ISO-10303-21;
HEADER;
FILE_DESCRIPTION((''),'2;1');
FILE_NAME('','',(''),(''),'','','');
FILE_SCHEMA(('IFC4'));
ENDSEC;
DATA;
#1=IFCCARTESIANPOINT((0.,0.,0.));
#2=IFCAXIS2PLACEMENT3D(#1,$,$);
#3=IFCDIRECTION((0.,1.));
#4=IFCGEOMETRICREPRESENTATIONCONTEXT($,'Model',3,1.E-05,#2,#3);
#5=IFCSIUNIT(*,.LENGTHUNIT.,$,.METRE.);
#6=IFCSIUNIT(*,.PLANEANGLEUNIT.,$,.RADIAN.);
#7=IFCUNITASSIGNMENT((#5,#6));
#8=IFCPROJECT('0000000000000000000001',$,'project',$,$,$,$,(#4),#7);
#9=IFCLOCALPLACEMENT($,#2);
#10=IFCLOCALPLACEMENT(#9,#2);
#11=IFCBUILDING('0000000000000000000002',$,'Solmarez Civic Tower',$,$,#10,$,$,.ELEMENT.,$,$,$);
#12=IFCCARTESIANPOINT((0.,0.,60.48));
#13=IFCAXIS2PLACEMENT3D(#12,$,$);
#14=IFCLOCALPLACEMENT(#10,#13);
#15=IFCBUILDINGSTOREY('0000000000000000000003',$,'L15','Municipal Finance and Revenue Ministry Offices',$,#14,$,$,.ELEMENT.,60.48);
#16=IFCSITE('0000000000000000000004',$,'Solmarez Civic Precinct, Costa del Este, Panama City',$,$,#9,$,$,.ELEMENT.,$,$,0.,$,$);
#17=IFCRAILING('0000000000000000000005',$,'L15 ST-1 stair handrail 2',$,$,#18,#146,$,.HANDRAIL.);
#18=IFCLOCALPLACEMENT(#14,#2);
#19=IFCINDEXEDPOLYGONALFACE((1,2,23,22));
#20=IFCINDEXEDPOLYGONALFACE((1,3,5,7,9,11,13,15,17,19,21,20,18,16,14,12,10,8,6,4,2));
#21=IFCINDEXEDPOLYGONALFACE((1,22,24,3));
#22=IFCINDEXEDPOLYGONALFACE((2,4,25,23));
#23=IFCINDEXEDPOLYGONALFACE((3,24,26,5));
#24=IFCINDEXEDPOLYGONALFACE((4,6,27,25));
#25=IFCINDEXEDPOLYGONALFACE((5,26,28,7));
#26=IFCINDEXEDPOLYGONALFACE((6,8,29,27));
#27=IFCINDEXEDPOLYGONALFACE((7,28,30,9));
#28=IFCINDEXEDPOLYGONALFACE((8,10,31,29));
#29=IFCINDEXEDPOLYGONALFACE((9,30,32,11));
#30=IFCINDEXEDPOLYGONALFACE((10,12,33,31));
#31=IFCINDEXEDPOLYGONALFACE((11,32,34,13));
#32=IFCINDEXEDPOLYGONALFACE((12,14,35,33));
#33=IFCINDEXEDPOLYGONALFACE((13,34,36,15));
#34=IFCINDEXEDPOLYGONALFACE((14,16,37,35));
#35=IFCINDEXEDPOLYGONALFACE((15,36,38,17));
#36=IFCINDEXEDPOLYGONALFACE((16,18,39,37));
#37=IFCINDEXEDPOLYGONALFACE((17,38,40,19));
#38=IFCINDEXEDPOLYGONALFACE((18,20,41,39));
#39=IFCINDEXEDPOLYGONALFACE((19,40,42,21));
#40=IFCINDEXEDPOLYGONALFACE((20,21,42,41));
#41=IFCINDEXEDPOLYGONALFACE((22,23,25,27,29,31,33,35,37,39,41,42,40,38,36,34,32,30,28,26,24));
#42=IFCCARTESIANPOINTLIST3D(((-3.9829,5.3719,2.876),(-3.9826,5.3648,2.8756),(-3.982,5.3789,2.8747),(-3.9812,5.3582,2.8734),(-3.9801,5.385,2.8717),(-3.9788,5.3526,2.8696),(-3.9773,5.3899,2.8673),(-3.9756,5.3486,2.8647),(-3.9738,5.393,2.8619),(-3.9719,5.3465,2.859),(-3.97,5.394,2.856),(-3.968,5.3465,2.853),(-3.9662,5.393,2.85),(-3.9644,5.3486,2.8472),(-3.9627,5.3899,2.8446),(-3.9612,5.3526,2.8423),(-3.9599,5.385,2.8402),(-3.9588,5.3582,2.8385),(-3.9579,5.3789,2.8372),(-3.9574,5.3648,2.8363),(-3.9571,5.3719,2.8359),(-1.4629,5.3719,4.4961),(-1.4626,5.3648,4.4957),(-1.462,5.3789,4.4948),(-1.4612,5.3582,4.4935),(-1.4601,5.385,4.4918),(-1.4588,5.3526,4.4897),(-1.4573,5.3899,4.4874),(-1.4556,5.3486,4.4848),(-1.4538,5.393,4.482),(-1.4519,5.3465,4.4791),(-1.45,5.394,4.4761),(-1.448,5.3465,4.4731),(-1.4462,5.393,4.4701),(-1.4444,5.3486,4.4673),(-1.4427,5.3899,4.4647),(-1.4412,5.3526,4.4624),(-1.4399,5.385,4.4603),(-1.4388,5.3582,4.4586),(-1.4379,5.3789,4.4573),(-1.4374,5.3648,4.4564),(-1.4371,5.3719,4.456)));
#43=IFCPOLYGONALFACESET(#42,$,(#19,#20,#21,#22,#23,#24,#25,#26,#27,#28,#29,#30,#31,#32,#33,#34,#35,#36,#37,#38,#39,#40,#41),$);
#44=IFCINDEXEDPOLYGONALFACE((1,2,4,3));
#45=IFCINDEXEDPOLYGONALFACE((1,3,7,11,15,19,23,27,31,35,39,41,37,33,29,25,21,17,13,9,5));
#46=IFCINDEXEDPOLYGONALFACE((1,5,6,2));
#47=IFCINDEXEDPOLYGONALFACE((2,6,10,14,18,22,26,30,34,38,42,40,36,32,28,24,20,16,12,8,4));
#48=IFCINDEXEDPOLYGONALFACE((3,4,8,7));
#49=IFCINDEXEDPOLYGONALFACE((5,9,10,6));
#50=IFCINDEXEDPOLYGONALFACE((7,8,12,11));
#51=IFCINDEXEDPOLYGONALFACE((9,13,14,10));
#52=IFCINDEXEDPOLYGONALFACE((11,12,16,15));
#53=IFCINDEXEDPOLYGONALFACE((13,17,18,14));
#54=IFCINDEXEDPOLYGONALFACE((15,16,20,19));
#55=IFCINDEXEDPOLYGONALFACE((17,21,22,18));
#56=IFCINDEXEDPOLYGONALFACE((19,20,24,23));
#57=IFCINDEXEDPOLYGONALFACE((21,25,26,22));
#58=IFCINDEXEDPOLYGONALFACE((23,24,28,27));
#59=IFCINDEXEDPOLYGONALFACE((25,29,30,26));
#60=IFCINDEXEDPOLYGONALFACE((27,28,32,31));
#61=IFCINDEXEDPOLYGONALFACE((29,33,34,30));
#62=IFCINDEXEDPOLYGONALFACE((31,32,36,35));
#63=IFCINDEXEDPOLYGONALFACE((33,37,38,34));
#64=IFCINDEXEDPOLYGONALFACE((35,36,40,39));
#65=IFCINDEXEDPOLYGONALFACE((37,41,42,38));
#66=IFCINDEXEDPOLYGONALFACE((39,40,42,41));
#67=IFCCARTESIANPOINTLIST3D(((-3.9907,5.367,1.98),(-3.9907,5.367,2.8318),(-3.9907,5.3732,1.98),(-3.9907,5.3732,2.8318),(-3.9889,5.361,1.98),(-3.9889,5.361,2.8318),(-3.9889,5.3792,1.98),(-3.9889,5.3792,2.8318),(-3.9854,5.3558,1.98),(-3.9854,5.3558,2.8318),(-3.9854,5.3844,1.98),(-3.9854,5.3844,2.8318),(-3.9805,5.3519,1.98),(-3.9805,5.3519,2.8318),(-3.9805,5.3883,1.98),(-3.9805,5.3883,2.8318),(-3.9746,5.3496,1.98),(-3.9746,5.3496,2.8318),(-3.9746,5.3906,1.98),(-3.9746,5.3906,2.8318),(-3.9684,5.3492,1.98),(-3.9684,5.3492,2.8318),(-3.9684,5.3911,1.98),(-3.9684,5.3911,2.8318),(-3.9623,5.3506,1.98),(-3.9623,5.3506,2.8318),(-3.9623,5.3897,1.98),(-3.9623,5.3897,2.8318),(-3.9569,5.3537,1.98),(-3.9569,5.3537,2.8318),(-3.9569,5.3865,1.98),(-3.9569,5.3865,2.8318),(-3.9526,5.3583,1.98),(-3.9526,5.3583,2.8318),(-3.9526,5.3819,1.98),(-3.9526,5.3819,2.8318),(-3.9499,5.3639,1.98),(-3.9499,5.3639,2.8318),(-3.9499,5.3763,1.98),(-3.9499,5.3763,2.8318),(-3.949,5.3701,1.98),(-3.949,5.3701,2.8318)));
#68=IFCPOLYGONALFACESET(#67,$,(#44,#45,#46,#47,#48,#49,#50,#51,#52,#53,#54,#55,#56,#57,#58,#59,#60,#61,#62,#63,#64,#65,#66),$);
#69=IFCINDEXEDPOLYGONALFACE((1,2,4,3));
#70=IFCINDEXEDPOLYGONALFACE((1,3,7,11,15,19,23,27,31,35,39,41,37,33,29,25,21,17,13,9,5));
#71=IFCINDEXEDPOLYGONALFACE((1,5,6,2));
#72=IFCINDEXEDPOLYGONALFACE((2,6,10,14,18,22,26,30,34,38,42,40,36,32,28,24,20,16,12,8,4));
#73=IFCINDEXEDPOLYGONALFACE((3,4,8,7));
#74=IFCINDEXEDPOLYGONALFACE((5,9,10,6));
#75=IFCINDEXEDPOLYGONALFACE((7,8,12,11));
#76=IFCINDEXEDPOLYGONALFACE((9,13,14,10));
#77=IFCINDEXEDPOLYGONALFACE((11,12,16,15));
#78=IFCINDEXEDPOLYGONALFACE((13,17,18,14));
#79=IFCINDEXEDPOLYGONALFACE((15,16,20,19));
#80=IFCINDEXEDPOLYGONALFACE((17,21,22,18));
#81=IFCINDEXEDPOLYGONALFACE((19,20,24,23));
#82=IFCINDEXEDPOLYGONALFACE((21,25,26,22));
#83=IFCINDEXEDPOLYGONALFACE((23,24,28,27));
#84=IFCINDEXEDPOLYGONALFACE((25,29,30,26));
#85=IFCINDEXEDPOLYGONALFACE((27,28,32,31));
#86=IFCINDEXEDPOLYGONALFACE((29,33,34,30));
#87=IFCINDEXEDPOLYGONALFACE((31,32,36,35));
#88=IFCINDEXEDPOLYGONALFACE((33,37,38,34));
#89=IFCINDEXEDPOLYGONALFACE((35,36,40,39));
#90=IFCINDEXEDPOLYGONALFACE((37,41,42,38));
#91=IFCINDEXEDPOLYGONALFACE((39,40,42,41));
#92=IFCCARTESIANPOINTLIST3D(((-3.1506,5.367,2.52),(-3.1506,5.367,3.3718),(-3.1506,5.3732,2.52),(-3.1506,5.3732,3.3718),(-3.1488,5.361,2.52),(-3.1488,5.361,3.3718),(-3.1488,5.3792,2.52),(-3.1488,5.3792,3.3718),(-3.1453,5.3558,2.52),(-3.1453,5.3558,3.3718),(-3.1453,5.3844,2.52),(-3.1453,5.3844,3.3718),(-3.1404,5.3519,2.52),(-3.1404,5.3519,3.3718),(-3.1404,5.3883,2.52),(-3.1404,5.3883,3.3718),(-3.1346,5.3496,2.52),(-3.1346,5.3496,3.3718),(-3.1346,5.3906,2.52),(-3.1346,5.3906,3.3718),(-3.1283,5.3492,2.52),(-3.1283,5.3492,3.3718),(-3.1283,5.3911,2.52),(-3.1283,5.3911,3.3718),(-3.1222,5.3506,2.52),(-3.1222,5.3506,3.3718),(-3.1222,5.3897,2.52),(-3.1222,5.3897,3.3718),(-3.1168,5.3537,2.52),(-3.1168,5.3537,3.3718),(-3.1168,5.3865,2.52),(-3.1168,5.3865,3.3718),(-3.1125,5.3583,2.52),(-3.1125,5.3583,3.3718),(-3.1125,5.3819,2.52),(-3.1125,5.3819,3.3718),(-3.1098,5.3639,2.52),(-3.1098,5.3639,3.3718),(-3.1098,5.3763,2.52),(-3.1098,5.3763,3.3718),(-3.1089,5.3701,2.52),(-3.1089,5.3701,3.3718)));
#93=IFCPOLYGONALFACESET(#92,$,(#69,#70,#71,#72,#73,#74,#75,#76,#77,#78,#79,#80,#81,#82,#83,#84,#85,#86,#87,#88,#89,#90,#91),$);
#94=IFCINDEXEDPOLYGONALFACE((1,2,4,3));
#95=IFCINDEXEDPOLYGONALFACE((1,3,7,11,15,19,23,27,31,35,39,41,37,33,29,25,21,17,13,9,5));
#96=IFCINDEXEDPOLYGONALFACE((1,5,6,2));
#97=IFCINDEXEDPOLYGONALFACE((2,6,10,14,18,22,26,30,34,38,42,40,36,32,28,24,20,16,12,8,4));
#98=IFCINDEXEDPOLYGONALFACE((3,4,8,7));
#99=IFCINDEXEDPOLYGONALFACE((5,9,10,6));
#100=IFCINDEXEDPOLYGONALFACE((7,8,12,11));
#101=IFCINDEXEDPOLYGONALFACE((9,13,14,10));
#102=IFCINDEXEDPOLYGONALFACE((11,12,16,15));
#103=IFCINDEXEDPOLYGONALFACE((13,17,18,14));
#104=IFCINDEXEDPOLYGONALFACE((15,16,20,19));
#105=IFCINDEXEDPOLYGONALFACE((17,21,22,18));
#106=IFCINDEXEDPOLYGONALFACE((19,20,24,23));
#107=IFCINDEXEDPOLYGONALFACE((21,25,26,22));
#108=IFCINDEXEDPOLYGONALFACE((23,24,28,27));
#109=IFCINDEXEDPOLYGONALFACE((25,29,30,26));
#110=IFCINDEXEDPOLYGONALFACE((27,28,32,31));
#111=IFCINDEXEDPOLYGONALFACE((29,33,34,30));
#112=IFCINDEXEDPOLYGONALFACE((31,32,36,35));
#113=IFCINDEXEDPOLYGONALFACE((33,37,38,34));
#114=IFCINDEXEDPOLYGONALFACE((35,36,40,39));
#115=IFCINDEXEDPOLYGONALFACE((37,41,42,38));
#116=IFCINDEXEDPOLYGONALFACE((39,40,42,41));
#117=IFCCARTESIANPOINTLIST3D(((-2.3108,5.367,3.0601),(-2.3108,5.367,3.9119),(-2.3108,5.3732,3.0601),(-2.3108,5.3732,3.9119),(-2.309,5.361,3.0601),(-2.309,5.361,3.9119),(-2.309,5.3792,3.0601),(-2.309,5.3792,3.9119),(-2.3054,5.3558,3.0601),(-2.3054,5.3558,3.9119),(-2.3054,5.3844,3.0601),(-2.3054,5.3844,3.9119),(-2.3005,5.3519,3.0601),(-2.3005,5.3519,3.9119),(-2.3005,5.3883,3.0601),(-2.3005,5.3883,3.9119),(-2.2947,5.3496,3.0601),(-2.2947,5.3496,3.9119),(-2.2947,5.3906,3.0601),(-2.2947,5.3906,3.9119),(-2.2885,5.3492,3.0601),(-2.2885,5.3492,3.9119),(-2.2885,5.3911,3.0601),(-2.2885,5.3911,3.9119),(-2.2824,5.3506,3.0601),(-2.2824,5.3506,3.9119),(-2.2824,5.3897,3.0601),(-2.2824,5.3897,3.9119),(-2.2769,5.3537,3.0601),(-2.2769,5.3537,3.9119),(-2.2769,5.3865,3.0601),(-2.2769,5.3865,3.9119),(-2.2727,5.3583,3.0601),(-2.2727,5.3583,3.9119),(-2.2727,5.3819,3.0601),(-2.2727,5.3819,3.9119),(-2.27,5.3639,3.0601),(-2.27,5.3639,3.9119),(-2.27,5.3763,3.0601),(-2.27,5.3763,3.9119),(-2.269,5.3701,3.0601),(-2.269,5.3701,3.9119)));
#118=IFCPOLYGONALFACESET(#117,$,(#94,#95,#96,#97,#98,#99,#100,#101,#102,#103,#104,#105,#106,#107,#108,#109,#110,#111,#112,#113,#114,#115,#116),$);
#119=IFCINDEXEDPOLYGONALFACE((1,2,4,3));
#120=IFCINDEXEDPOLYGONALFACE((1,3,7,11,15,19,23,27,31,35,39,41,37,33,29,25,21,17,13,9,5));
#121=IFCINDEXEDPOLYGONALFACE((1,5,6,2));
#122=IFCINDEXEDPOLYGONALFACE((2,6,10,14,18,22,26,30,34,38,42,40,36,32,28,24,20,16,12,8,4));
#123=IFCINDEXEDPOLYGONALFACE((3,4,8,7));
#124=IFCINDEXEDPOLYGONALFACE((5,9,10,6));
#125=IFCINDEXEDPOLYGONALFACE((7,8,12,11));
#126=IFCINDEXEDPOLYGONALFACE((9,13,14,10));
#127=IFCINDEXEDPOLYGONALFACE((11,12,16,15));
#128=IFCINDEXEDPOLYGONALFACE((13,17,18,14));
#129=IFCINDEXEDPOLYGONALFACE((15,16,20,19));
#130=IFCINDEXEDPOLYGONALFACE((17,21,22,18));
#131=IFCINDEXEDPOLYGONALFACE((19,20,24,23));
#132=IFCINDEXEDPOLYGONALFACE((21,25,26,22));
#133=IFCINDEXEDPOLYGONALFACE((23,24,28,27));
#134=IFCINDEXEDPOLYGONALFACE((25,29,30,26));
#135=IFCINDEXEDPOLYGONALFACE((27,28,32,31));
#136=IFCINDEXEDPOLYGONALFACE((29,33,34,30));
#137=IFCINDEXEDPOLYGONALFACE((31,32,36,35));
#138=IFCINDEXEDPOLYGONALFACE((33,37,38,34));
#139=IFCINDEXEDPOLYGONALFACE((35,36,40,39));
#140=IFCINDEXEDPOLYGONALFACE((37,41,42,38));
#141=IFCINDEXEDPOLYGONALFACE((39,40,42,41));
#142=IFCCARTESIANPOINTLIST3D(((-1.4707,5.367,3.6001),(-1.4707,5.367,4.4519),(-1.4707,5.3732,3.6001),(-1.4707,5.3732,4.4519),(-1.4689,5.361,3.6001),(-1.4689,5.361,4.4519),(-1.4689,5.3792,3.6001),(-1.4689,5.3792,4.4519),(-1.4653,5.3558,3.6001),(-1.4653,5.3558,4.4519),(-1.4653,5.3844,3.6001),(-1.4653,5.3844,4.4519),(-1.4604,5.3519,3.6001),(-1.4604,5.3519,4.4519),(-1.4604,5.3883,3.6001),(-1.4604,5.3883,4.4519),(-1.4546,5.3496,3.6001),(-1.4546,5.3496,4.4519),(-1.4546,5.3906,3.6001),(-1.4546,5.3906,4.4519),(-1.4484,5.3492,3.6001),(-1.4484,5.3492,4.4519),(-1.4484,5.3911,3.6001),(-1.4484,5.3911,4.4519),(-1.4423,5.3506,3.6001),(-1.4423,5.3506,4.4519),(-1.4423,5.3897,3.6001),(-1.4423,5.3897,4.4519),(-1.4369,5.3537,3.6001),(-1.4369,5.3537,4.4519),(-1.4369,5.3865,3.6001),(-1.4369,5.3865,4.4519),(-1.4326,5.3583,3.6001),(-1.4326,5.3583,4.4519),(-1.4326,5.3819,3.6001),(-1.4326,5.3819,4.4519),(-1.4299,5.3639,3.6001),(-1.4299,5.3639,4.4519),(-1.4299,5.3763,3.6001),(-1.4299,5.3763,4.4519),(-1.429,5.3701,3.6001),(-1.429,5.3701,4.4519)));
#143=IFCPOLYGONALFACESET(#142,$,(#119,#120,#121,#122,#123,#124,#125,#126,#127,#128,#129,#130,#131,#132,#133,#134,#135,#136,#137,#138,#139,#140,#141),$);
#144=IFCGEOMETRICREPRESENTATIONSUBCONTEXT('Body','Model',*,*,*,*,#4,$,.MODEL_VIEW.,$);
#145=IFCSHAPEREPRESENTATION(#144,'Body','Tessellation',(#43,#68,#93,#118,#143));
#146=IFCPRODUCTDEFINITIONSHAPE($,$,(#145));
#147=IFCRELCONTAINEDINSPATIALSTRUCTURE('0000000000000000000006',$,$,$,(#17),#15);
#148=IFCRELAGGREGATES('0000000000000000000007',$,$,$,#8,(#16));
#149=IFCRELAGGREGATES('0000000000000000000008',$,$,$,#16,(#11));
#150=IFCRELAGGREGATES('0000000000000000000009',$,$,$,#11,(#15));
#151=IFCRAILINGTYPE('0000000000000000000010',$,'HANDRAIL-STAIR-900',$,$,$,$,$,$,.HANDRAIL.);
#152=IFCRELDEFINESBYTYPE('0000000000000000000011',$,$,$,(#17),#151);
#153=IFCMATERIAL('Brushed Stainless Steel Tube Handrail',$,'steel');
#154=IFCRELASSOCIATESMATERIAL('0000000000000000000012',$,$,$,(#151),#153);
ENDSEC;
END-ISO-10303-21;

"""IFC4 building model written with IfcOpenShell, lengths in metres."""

from ifc_helpers import new_model, si_unit, direction, frame, origin, origin_2d, place, context, subcontext, project, spatial, circle, extrude, material, type_object, element, save


model = new_model("IFC4")

# Units and contexts
model_context = context("Model", 3, precision=1e-05, world=origin(), true_north=direction((0.0, 1.0)))
body_context = subcontext(model_context, "Body", "Model", "MODEL_VIEW")
ifc_project = project(units=[si_unit("LENGTHUNIT", "METRE"), si_unit("PLANEANGLEUNIT", "RADIAN")], contexts=[model_context])

# Site, building, storey
site_placement = place(None, origin())
site = spatial("IfcSite", under=ifc_project, at=site_placement, Name="Solmarez Civic Precinct, Costa del Este, Panama City", CompositionType="ELEMENT", RefElevation=0.0)
building_placement = place(site_placement, origin())
building = spatial("IfcBuilding", under=site, at=building_placement, Name="Solmarez Civic Tower", CompositionType="ELEMENT")
storey_placement = place(building_placement, frame((0.0, 0.0, 60.48)))
storey = spatial("IfcBuildingStorey", under=building, at=storey_placement, Name="L15", Description="Municipal Finance and Revenue Ministry Offices", CompositionType="ELEMENT", Elevation=60.48)

# Railing
ifc_material_1 = material(Name="Brushed Stainless Steel Tube Handrail", Category="steel")
railing_type_1 = type_object("IfcRailingType", Name="HANDRAIL-STAIR-900", PredefinedType="HANDRAIL", material=ifc_material_1)
railing_1_placement = place(storey_placement, frame((-3.97, 5.3701, 1.98)))
element("IfcRailing", 1, at=railing_1_placement, inside=storey, type_object=railing_type_1, Name="L15 ST-1 stair handrail 2", PredefinedType="HANDRAIL", context=body_context, shape_type="SweptSolid", body=[
    extrude(circle(Radius=0.0239, at=origin_2d()), frame((0.0, 0.0, 0.876), z_axis=(0.841163, 0.0, 0.540782), x_axis=(0.0, 1.0, 0.0)), (0.0, 0.0, 1.0), 2.9958),
    extrude(circle(Radius=0.021, at=origin_2d()), origin(), (0.0, 0.0, 1.0), 0.8518),
    extrude(circle(Radius=0.021, at=origin_2d()), frame((0.8401, 0.0, 0.54)), (0.0, 0.0, 1.0), 0.8518),
    extrude(circle(Radius=0.021, at=origin_2d()), frame((1.6799, 0.0, 1.0801)), (0.0, 0.0, 1.0), 0.8518),
    extrude(circle(Radius=0.021, at=origin_2d()), frame((2.52, 0.0, 1.6201)), (0.0, 0.0, 1.0), 0.8518),
])

save(model, "model.ifc")
